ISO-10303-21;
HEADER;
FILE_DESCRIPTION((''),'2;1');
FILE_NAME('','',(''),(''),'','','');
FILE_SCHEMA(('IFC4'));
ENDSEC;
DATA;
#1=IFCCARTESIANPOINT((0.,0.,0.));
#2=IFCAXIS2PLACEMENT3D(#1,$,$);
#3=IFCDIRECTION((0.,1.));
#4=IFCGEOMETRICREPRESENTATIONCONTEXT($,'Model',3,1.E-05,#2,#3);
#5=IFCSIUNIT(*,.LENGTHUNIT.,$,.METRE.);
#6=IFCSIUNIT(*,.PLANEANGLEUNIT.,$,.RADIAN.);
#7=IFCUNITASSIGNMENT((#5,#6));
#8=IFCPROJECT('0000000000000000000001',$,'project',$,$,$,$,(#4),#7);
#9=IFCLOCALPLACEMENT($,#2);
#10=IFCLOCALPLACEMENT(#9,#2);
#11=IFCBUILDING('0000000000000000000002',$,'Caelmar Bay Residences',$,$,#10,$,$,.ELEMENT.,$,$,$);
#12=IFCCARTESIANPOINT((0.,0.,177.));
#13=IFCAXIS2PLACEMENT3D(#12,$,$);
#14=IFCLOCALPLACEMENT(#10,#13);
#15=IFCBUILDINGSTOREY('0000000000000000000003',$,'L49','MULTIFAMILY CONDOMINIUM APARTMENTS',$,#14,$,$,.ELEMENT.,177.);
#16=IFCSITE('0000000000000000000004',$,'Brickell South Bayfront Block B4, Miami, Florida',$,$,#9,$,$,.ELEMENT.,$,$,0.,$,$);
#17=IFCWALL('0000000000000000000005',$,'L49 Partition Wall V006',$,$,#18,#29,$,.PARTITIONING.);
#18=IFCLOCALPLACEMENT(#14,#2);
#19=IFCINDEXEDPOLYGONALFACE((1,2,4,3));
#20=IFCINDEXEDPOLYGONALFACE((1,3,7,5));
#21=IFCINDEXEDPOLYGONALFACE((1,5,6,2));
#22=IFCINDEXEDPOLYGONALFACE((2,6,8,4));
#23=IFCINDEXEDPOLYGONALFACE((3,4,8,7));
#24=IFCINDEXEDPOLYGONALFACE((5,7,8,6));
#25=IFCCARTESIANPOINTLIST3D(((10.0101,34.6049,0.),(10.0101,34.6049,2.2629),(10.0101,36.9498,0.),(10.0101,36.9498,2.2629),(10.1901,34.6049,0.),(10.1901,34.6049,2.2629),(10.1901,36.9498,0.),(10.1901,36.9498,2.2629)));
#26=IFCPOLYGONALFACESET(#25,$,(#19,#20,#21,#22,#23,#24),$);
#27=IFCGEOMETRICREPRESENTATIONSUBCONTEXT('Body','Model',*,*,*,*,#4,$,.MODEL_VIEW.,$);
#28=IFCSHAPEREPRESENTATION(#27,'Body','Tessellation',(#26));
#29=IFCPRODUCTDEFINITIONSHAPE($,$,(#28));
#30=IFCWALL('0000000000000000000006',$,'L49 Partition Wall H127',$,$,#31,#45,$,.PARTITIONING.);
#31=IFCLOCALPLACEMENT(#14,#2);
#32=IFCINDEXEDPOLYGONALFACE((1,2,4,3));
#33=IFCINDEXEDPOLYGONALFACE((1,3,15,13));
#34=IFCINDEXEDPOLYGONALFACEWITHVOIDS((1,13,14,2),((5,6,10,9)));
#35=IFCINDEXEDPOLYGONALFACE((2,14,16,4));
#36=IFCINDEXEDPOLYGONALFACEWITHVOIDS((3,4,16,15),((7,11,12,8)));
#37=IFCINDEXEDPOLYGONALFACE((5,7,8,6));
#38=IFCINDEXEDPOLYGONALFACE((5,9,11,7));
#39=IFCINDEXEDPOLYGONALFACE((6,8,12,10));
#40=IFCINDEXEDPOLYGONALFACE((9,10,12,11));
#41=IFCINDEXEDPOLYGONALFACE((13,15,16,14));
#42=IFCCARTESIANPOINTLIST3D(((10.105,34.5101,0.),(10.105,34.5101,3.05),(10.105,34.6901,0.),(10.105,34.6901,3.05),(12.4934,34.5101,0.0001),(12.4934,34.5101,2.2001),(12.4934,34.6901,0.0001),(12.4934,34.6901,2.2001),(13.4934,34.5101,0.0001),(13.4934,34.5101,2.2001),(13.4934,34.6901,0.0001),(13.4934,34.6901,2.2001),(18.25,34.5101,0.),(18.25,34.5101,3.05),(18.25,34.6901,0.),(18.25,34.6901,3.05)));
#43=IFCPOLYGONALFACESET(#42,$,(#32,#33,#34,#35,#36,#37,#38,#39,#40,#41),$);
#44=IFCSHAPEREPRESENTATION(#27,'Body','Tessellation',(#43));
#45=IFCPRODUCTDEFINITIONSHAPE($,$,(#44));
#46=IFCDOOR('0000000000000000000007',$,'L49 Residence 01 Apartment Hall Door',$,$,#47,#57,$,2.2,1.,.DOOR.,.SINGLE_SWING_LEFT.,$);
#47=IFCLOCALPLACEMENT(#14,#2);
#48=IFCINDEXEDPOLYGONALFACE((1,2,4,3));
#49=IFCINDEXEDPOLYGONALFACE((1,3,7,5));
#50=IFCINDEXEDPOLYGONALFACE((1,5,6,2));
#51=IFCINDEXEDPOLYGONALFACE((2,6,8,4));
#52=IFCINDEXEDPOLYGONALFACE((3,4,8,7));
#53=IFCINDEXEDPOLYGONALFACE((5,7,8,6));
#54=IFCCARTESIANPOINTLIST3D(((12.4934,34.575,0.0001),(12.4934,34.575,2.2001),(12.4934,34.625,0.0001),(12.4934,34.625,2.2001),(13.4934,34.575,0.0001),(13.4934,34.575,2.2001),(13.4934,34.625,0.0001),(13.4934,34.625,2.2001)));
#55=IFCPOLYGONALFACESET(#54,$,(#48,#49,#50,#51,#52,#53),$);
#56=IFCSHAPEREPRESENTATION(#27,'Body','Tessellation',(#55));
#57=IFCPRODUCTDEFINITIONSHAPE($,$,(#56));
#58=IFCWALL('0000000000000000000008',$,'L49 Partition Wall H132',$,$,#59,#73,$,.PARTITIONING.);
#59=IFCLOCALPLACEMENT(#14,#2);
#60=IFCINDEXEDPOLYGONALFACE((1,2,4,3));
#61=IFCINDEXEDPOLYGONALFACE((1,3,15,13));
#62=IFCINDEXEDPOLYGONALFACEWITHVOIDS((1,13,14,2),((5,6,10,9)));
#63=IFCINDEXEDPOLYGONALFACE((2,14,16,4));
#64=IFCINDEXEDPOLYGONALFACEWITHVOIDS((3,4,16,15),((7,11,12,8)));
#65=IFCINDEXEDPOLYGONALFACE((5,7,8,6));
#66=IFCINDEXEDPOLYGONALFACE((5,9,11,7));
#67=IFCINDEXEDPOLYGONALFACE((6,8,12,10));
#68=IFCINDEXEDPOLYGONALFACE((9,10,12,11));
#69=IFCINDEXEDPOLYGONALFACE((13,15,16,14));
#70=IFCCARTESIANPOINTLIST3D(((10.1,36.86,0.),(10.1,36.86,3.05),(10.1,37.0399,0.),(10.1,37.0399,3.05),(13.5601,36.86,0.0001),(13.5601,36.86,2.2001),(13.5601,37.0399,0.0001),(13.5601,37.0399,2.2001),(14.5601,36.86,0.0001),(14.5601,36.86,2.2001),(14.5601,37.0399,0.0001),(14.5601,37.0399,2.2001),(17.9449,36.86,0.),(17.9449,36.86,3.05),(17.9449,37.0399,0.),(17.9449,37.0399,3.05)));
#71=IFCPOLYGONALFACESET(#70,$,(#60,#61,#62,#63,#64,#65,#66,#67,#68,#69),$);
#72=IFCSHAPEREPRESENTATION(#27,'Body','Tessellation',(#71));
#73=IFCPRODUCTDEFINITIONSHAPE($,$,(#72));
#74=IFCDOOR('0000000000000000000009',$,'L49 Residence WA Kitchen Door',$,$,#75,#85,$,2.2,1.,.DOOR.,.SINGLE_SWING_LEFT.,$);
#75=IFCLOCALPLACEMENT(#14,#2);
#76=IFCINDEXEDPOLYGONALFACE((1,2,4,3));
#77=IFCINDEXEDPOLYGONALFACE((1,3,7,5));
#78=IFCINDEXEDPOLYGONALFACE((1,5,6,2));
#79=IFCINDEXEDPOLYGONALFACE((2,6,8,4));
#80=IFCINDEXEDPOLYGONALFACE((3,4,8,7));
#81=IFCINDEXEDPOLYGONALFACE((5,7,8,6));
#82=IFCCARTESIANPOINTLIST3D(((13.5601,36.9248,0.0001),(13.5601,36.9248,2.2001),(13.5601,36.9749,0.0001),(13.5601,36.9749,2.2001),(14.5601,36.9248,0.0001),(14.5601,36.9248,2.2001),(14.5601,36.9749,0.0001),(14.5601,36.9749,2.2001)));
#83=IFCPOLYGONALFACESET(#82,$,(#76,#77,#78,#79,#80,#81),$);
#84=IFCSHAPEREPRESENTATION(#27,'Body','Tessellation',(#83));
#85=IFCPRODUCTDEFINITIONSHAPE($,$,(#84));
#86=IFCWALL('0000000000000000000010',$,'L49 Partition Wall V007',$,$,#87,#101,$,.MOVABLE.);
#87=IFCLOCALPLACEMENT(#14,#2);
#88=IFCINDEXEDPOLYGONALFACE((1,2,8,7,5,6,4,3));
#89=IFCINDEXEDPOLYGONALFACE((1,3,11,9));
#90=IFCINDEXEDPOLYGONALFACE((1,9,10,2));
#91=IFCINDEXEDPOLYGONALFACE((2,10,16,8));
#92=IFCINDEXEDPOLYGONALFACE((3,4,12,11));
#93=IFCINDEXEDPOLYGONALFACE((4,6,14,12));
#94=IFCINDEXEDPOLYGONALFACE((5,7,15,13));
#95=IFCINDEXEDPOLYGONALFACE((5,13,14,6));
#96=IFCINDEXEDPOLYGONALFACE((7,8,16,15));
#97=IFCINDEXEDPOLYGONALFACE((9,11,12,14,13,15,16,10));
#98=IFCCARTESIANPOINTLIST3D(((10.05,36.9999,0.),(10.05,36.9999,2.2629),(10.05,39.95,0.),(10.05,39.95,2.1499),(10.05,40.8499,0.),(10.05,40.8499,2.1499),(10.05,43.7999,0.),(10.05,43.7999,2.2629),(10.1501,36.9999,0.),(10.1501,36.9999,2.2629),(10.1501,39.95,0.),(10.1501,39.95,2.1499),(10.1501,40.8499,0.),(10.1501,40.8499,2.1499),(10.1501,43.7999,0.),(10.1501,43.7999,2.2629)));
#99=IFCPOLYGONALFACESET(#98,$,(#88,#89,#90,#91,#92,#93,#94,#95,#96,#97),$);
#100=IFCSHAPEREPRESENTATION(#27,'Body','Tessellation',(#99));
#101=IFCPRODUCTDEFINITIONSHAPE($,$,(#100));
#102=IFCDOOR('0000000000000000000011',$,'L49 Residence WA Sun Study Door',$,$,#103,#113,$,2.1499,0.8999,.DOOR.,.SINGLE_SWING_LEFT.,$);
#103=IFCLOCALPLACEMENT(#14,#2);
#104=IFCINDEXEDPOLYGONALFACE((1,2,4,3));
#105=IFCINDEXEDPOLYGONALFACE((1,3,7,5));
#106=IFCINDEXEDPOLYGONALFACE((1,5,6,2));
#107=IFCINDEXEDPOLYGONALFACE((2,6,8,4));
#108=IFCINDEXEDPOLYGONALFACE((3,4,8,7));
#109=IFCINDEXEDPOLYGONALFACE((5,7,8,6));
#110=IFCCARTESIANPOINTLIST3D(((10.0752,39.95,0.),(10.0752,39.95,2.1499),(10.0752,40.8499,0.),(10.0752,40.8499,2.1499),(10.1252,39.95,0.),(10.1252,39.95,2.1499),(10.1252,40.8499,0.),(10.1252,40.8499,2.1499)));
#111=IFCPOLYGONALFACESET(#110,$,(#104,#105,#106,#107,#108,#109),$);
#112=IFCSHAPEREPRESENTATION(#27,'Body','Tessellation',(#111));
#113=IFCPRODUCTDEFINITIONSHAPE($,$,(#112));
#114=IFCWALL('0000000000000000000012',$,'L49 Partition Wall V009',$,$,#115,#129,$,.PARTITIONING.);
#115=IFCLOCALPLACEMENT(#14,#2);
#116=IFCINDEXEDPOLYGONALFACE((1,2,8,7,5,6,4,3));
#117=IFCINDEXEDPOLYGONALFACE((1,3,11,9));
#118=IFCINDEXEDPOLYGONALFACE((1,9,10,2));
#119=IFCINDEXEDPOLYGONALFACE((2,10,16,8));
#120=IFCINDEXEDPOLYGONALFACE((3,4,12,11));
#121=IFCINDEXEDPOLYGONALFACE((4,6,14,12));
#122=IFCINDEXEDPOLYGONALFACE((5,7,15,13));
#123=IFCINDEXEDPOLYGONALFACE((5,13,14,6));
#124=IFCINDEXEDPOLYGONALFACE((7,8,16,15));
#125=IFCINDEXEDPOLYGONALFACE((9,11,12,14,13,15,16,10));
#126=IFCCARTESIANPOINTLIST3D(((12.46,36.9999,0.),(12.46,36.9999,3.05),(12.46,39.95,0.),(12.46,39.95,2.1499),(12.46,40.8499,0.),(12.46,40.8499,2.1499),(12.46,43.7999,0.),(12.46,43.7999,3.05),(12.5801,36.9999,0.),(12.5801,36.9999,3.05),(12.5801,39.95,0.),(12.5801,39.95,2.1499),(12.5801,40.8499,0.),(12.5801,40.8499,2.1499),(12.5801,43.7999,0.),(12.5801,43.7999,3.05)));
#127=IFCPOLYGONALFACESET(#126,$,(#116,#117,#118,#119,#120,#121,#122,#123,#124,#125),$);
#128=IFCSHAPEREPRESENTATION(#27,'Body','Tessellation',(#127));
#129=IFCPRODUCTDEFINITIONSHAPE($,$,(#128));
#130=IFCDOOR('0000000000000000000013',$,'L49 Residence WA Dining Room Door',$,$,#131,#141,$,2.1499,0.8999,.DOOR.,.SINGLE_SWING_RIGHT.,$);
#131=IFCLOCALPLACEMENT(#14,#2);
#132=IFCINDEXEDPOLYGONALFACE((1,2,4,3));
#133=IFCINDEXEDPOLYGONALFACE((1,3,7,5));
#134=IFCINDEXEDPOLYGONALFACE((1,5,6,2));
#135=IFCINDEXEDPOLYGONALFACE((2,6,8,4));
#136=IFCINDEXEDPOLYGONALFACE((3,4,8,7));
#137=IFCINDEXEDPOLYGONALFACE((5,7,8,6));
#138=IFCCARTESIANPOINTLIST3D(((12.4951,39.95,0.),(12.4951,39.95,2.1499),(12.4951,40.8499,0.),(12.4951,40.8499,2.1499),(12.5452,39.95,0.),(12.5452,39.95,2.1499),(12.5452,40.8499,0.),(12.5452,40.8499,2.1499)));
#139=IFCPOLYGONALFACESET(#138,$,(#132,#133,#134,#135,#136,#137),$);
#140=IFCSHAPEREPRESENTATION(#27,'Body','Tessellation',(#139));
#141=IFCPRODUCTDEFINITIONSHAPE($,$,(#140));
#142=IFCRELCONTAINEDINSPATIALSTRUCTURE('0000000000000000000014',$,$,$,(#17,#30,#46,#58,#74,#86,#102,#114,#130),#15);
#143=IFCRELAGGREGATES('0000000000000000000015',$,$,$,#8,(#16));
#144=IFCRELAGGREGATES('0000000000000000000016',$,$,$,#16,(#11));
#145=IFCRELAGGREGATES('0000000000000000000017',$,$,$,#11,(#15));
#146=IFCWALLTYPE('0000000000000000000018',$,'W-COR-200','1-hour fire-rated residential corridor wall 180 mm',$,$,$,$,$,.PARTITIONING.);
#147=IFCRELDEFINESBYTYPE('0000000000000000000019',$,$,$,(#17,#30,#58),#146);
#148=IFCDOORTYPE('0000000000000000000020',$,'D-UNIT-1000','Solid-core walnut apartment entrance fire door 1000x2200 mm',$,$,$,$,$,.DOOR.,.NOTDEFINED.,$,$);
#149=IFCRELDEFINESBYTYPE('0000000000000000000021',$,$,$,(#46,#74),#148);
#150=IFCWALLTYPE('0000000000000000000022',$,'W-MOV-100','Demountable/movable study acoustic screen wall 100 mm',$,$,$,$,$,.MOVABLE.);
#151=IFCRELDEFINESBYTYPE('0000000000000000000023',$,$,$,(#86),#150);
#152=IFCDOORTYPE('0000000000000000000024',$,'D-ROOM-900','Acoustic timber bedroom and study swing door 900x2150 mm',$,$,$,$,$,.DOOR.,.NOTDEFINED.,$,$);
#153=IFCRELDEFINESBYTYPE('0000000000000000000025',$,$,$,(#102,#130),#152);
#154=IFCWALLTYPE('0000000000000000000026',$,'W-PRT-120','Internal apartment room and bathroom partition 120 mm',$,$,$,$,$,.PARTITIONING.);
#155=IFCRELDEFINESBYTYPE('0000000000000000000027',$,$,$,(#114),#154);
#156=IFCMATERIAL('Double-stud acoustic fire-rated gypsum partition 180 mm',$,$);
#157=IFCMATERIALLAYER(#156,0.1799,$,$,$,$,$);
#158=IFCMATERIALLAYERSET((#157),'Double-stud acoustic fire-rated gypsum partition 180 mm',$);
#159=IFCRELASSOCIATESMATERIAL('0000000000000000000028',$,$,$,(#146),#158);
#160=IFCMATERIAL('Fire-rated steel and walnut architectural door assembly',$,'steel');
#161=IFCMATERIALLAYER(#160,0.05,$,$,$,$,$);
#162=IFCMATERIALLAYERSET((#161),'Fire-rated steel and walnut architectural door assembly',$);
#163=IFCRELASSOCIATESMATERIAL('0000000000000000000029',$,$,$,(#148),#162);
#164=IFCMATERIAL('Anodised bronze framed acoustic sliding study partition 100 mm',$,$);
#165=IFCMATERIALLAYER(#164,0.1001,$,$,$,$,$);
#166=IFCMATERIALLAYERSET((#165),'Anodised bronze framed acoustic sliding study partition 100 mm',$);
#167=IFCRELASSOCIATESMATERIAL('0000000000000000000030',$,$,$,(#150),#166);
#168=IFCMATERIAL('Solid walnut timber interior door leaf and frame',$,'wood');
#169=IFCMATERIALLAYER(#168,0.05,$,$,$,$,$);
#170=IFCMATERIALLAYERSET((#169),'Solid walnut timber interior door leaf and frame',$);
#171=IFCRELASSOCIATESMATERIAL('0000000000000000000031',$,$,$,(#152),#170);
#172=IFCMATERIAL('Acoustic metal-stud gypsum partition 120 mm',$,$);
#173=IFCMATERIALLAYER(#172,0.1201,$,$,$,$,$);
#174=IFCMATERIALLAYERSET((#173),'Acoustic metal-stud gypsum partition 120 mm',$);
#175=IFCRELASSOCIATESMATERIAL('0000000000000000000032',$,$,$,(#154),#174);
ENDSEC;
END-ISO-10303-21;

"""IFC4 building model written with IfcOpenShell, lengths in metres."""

from ifc_helpers import new_model, si_unit, direction, frame, frame_2d, origin, place, context, subcontext, project, spatial, rectangle, extrude, material, layer, layer_set, type_object, element, fill, save


model = new_model("IFC4")

# Units and contexts
model_context = context("Model", 3, precision=1e-05, world=origin(), true_north=direction((0.0, 1.0)))
body_context = subcontext(model_context, "Body", "Model", "MODEL_VIEW")
ifc_project = project(units=[si_unit("LENGTHUNIT", "METRE"), si_unit("PLANEANGLEUNIT", "RADIAN")], contexts=[model_context])

# Site, building, storey
site_placement = place(None, origin())
site = spatial("IfcSite", under=ifc_project, at=site_placement, Name="Brickell South Bayfront Block B4, Miami, Florida", CompositionType="ELEMENT", RefElevation=0.0)
building_placement = place(site_placement, origin())
building = spatial("IfcBuilding", under=site, at=building_placement, Name="Caelmar Bay Residences", CompositionType="ELEMENT")
storey_placement = place(building_placement, frame((0.0, 0.0, 177.0)))
storey = spatial("IfcBuildingStorey", under=building, at=storey_placement, Name="L49", Description="MULTIFAMILY CONDOMINIUM APARTMENTS", CompositionType="ELEMENT", Elevation=177.0)

# Shared definitions
ifc_material_1 = material(Name="Fire-rated steel and walnut architectural door assembly", Category="steel")

# Wall
ifc_material_2 = material(Name="Double-stud acoustic fire-rated gypsum partition 180 mm")
ifc_layer_1 = layer(ifc_material_2, 0.1799)
ifc_layer_set_1 = layer_set([ifc_layer_1], Name="Double-stud acoustic fire-rated gypsum partition 180 mm")
wall_type_1 = type_object("IfcWallType", Name="W-COR-200", Description="1-hour fire-rated residential corridor wall 180 mm", PredefinedType="PARTITIONING", material=ifc_layer_set_1)
wall_1_placement = place(storey_placement, frame((10.1001, 34.605, 0.0), z_axis=(0.0, 0.0, 1.0), x_axis=(0.0, 1.0, 0.0)))
element("IfcWall", 1, at=wall_1_placement, inside=storey, type_object=wall_type_1, Name="L49 Partition Wall V006", PredefinedType="PARTITIONING", context=body_context, shape_type="SweptSolid", body=[
    extrude(rectangle(XDim=2.345, YDim=0.1799, at=frame_2d((1.1724, 0.0))), origin(), (0.0, 0.0, 1.0), 2.2629),
])

# Walls, openings, doors
wall_2_placement = place(storey_placement, frame((10.105, 34.6001, 0.0), z_axis=(0.0, 0.0, 1.0), x_axis=(1.0, 0.0, 0.0)))
wall_2 = element("IfcWall", 2, at=wall_2_placement, inside=storey, type_object=wall_type_1, Name="L49 Partition Wall H127", PredefinedType="PARTITIONING", context=body_context, shape_type="SweptSolid", body=[
    extrude(rectangle(XDim=8.145, YDim=0.1799, at=frame_2d((4.0725, 0.0))), origin(), (0.0, 0.0, 1.0), 3.05),
])
opening_1_placement = place(wall_2_placement, frame((2.3884, 0.0, 0.0)))
opening_1 = element("IfcOpeningElement", 3, at=opening_1_placement, cuts=wall_2, PredefinedType="OPENING", context=body_context, shape_type="SweptSolid", body=[
    extrude(rectangle(XDim=1.0, YDim=2.2, at=frame_2d((0.5, 1.1001))), frame((0.0, 0.0999, 0.0), z_axis=(0.0, -1.0, 0.0), x_axis=(1.0, 0.0, 0.0)), (0.0, 0.0, 1.0), 0.2),
])
ifc_layer_2 = layer(ifc_material_1, 0.05)
ifc_layer_set_2 = layer_set([ifc_layer_2], Name="Fire-rated steel and walnut architectural door assembly")
door_type_1 = type_object("IfcDoorType", Name="D-UNIT-1000", Description="Solid-core walnut apartment entrance fire door 1000x2200 mm", OperationType="NOTDEFINED", PredefinedType="DOOR", material=ifc_layer_set_2)
door_1_placement = place(opening_1_placement, origin())
door_1 = element("IfcDoor", 4, at=door_1_placement, inside=storey, type_object=door_type_1, Name="L49 Residence 01 Apartment Hall Door", OperationType="SINGLE_SWING_LEFT", OverallHeight=2.2, OverallWidth=1.0, PredefinedType="DOOR", context=body_context, shape_type="SweptSolid", body=[
    extrude(rectangle(XDim=1.0, YDim=2.2, at=frame_2d((0.5, 1.1001))), frame((0.0, 0.0249, 0.0), z_axis=(0.0, -1.0, 0.0), x_axis=(1.0, 0.0, 0.0)), (0.0, 0.0, 1.0), 0.05),
])
fill(opening_1, door_1)
wall_3_placement = place(storey_placement, frame((10.1001, 36.95, 0.0), z_axis=(0.0, 0.0, 1.0), x_axis=(1.0, 0.0, 0.0)))
wall_3 = element("IfcWall", 5, at=wall_3_placement, inside=storey, type_object=wall_type_1, Name="L49 Partition Wall H132", PredefinedType="PARTITIONING", context=body_context, shape_type="SweptSolid", body=[
    extrude(rectangle(XDim=7.845, YDim=0.1799, at=frame_2d((3.9224, 0.0))), origin(), (0.0, 0.0, 1.0), 3.05),
])
opening_2_placement = place(wall_3_placement, frame((3.46, 0.0, 0.0)))
opening_2 = element("IfcOpeningElement", 6, at=opening_2_placement, cuts=wall_3, PredefinedType="OPENING", context=body_context, shape_type="SweptSolid", body=[
    extrude(rectangle(XDim=1.0, YDim=2.2, at=frame_2d((0.5, 1.1001))), frame((0.0, 0.0999, 0.0), z_axis=(0.0, -1.0, 0.0), x_axis=(1.0, 0.0, 0.0)), (0.0, 0.0, 1.0), 0.2),
])
door_2_placement = place(opening_2_placement, origin())
door_2 = element("IfcDoor", 7, at=door_2_placement, inside=storey, type_object=door_type_1, Name="L49 Residence WA Kitchen Door", OperationType="SINGLE_SWING_LEFT", OverallHeight=2.2, OverallWidth=1.0, PredefinedType="DOOR", context=body_context, shape_type="SweptSolid", body=[
    extrude(rectangle(XDim=1.0, YDim=2.2, at=frame_2d((0.5, 1.1001))), frame((0.0, 0.0249, 0.0), z_axis=(0.0, -1.0, 0.0), x_axis=(1.0, 0.0, 0.0)), (0.0, 0.0, 1.0), 0.05),
])
fill(opening_2, door_2)
ifc_material_3 = material(Name="Anodised bronze framed acoustic sliding study partition 100 mm")
ifc_layer_3 = layer(ifc_material_3, 0.1001)
ifc_layer_set_3 = layer_set([ifc_layer_3], Name="Anodised bronze framed acoustic sliding study partition 100 mm")
wall_type_2 = type_object("IfcWallType", Name="W-MOV-100", Description="Demountable/movable study acoustic screen wall 100 mm", PredefinedType="MOVABLE", material=ifc_layer_set_3)
wall_4_placement = place(storey_placement, frame((10.1001, 37.0, 0.0), z_axis=(0.0, 0.0, 1.0), x_axis=(0.0, 1.0, 0.0)))
wall_4 = element("IfcWall", 8, at=wall_4_placement, inside=storey, type_object=wall_type_2, Name="L49 Partition Wall V007", PredefinedType="MOVABLE", context=body_context, shape_type="SweptSolid", body=[
    extrude(rectangle(XDim=6.8, YDim=0.1001, at=frame_2d((3.3999, 0.0))), origin(), (0.0, 0.0, 1.0), 2.2629),
])
opening_3_placement = place(wall_4_placement, frame((2.95, 0.0, 0.0)))
opening_3 = element("IfcOpeningElement", 9, at=opening_3_placement, cuts=wall_4, PredefinedType="OPENING", context=body_context, shape_type="SweptSolid", body=[
    extrude(rectangle(XDim=0.8999, YDim=2.1499, at=frame_2d((0.45, 1.075))), frame((0.0, 0.0601, 0.0), z_axis=(0.0, -1.0, 0.0), x_axis=(1.0, 0.0, 0.0)), (0.0, 0.0, 1.0), 0.1201),
])
ifc_material_4 = material(Name="Solid walnut timber interior door leaf and frame", Category="wood")
ifc_layer_4 = layer(ifc_material_4, 0.05)
ifc_layer_set_4 = layer_set([ifc_layer_4], Name="Solid walnut timber interior door leaf and frame")
door_type_2 = type_object("IfcDoorType", Name="D-ROOM-900", Description="Acoustic timber bedroom and study swing door 900x2150 mm", OperationType="NOTDEFINED", PredefinedType="DOOR", material=ifc_layer_set_4)
door_3_placement = place(opening_3_placement, origin())
door_3 = element("IfcDoor", 10, at=door_3_placement, inside=storey, type_object=door_type_2, Name="L49 Residence WA Sun Study Door", OperationType="SINGLE_SWING_LEFT", OverallHeight=2.1499, OverallWidth=0.8999, PredefinedType="DOOR", context=body_context, shape_type="SweptSolid", body=[
    extrude(rectangle(XDim=0.8999, YDim=2.1499, at=frame_2d((0.45, 1.075))), frame((0.0, 0.0249, 0.0), z_axis=(0.0, -1.0, 0.0), x_axis=(1.0, 0.0, 0.0)), (0.0, 0.0, 1.0), 0.05),
])
fill(opening_3, door_3)
ifc_material_5 = material(Name="Acoustic metal-stud gypsum partition 120 mm")
ifc_layer_5 = layer(ifc_material_5, 0.1201)
ifc_layer_set_5 = layer_set([ifc_layer_5], Name="Acoustic metal-stud gypsum partition 120 mm")
wall_type_3 = type_object("IfcWallType", Name="W-PRT-120", Description="Internal apartment room and bathroom partition 120 mm", PredefinedType="PARTITIONING", material=ifc_layer_set_5)
wall_5_placement = place(storey_placement, frame((12.52, 37.0, 0.0), z_axis=(0.0, 0.0, 1.0), x_axis=(0.0, 1.0, 0.0)))
wall_5 = element("IfcWall", 11, at=wall_5_placement, inside=storey, type_object=wall_type_3, Name="L49 Partition Wall V009", PredefinedType="PARTITIONING", context=body_context, shape_type="SweptSolid", body=[
    extrude(rectangle(XDim=6.8, YDim=0.1201, at=frame_2d((3.3999, 0.0))), origin(), (0.0, 0.0, 1.0), 3.05),
])
opening_4_placement = place(wall_5_placement, frame((2.95, 0.0, 0.0)))
opening_4 = element("IfcOpeningElement", 12, at=opening_4_placement, cuts=wall_5, PredefinedType="OPENING", context=body_context, shape_type="SweptSolid", body=[
    extrude(rectangle(XDim=0.8999, YDim=2.1499, at=frame_2d((0.45, 1.075))), frame((0.0, 0.0701, 0.0), z_axis=(0.0, -1.0, 0.0), x_axis=(1.0, 0.0, 0.0)), (0.0, 0.0, 1.0), 0.1401),
])
door_4_placement = place(opening_4_placement, origin())
door_4 = element("IfcDoor", 13, at=door_4_placement, inside=storey, type_object=door_type_2, Name="L49 Residence WA Dining Room Door", OperationType="SINGLE_SWING_RIGHT", OverallHeight=2.1499, OverallWidth=0.8999, PredefinedType="DOOR", context=body_context, shape_type="SweptSolid", body=[
    extrude(rectangle(XDim=0.8999, YDim=2.1499, at=frame_2d((0.45, 1.075))), frame((0.0, 0.0249, 0.0), z_axis=(0.0, -1.0, 0.0), x_axis=(1.0, 0.0, 0.0)), (0.0, 0.0, 1.0), 0.05),
])
fill(opening_4, door_4)

save(model, "model.ifc")
